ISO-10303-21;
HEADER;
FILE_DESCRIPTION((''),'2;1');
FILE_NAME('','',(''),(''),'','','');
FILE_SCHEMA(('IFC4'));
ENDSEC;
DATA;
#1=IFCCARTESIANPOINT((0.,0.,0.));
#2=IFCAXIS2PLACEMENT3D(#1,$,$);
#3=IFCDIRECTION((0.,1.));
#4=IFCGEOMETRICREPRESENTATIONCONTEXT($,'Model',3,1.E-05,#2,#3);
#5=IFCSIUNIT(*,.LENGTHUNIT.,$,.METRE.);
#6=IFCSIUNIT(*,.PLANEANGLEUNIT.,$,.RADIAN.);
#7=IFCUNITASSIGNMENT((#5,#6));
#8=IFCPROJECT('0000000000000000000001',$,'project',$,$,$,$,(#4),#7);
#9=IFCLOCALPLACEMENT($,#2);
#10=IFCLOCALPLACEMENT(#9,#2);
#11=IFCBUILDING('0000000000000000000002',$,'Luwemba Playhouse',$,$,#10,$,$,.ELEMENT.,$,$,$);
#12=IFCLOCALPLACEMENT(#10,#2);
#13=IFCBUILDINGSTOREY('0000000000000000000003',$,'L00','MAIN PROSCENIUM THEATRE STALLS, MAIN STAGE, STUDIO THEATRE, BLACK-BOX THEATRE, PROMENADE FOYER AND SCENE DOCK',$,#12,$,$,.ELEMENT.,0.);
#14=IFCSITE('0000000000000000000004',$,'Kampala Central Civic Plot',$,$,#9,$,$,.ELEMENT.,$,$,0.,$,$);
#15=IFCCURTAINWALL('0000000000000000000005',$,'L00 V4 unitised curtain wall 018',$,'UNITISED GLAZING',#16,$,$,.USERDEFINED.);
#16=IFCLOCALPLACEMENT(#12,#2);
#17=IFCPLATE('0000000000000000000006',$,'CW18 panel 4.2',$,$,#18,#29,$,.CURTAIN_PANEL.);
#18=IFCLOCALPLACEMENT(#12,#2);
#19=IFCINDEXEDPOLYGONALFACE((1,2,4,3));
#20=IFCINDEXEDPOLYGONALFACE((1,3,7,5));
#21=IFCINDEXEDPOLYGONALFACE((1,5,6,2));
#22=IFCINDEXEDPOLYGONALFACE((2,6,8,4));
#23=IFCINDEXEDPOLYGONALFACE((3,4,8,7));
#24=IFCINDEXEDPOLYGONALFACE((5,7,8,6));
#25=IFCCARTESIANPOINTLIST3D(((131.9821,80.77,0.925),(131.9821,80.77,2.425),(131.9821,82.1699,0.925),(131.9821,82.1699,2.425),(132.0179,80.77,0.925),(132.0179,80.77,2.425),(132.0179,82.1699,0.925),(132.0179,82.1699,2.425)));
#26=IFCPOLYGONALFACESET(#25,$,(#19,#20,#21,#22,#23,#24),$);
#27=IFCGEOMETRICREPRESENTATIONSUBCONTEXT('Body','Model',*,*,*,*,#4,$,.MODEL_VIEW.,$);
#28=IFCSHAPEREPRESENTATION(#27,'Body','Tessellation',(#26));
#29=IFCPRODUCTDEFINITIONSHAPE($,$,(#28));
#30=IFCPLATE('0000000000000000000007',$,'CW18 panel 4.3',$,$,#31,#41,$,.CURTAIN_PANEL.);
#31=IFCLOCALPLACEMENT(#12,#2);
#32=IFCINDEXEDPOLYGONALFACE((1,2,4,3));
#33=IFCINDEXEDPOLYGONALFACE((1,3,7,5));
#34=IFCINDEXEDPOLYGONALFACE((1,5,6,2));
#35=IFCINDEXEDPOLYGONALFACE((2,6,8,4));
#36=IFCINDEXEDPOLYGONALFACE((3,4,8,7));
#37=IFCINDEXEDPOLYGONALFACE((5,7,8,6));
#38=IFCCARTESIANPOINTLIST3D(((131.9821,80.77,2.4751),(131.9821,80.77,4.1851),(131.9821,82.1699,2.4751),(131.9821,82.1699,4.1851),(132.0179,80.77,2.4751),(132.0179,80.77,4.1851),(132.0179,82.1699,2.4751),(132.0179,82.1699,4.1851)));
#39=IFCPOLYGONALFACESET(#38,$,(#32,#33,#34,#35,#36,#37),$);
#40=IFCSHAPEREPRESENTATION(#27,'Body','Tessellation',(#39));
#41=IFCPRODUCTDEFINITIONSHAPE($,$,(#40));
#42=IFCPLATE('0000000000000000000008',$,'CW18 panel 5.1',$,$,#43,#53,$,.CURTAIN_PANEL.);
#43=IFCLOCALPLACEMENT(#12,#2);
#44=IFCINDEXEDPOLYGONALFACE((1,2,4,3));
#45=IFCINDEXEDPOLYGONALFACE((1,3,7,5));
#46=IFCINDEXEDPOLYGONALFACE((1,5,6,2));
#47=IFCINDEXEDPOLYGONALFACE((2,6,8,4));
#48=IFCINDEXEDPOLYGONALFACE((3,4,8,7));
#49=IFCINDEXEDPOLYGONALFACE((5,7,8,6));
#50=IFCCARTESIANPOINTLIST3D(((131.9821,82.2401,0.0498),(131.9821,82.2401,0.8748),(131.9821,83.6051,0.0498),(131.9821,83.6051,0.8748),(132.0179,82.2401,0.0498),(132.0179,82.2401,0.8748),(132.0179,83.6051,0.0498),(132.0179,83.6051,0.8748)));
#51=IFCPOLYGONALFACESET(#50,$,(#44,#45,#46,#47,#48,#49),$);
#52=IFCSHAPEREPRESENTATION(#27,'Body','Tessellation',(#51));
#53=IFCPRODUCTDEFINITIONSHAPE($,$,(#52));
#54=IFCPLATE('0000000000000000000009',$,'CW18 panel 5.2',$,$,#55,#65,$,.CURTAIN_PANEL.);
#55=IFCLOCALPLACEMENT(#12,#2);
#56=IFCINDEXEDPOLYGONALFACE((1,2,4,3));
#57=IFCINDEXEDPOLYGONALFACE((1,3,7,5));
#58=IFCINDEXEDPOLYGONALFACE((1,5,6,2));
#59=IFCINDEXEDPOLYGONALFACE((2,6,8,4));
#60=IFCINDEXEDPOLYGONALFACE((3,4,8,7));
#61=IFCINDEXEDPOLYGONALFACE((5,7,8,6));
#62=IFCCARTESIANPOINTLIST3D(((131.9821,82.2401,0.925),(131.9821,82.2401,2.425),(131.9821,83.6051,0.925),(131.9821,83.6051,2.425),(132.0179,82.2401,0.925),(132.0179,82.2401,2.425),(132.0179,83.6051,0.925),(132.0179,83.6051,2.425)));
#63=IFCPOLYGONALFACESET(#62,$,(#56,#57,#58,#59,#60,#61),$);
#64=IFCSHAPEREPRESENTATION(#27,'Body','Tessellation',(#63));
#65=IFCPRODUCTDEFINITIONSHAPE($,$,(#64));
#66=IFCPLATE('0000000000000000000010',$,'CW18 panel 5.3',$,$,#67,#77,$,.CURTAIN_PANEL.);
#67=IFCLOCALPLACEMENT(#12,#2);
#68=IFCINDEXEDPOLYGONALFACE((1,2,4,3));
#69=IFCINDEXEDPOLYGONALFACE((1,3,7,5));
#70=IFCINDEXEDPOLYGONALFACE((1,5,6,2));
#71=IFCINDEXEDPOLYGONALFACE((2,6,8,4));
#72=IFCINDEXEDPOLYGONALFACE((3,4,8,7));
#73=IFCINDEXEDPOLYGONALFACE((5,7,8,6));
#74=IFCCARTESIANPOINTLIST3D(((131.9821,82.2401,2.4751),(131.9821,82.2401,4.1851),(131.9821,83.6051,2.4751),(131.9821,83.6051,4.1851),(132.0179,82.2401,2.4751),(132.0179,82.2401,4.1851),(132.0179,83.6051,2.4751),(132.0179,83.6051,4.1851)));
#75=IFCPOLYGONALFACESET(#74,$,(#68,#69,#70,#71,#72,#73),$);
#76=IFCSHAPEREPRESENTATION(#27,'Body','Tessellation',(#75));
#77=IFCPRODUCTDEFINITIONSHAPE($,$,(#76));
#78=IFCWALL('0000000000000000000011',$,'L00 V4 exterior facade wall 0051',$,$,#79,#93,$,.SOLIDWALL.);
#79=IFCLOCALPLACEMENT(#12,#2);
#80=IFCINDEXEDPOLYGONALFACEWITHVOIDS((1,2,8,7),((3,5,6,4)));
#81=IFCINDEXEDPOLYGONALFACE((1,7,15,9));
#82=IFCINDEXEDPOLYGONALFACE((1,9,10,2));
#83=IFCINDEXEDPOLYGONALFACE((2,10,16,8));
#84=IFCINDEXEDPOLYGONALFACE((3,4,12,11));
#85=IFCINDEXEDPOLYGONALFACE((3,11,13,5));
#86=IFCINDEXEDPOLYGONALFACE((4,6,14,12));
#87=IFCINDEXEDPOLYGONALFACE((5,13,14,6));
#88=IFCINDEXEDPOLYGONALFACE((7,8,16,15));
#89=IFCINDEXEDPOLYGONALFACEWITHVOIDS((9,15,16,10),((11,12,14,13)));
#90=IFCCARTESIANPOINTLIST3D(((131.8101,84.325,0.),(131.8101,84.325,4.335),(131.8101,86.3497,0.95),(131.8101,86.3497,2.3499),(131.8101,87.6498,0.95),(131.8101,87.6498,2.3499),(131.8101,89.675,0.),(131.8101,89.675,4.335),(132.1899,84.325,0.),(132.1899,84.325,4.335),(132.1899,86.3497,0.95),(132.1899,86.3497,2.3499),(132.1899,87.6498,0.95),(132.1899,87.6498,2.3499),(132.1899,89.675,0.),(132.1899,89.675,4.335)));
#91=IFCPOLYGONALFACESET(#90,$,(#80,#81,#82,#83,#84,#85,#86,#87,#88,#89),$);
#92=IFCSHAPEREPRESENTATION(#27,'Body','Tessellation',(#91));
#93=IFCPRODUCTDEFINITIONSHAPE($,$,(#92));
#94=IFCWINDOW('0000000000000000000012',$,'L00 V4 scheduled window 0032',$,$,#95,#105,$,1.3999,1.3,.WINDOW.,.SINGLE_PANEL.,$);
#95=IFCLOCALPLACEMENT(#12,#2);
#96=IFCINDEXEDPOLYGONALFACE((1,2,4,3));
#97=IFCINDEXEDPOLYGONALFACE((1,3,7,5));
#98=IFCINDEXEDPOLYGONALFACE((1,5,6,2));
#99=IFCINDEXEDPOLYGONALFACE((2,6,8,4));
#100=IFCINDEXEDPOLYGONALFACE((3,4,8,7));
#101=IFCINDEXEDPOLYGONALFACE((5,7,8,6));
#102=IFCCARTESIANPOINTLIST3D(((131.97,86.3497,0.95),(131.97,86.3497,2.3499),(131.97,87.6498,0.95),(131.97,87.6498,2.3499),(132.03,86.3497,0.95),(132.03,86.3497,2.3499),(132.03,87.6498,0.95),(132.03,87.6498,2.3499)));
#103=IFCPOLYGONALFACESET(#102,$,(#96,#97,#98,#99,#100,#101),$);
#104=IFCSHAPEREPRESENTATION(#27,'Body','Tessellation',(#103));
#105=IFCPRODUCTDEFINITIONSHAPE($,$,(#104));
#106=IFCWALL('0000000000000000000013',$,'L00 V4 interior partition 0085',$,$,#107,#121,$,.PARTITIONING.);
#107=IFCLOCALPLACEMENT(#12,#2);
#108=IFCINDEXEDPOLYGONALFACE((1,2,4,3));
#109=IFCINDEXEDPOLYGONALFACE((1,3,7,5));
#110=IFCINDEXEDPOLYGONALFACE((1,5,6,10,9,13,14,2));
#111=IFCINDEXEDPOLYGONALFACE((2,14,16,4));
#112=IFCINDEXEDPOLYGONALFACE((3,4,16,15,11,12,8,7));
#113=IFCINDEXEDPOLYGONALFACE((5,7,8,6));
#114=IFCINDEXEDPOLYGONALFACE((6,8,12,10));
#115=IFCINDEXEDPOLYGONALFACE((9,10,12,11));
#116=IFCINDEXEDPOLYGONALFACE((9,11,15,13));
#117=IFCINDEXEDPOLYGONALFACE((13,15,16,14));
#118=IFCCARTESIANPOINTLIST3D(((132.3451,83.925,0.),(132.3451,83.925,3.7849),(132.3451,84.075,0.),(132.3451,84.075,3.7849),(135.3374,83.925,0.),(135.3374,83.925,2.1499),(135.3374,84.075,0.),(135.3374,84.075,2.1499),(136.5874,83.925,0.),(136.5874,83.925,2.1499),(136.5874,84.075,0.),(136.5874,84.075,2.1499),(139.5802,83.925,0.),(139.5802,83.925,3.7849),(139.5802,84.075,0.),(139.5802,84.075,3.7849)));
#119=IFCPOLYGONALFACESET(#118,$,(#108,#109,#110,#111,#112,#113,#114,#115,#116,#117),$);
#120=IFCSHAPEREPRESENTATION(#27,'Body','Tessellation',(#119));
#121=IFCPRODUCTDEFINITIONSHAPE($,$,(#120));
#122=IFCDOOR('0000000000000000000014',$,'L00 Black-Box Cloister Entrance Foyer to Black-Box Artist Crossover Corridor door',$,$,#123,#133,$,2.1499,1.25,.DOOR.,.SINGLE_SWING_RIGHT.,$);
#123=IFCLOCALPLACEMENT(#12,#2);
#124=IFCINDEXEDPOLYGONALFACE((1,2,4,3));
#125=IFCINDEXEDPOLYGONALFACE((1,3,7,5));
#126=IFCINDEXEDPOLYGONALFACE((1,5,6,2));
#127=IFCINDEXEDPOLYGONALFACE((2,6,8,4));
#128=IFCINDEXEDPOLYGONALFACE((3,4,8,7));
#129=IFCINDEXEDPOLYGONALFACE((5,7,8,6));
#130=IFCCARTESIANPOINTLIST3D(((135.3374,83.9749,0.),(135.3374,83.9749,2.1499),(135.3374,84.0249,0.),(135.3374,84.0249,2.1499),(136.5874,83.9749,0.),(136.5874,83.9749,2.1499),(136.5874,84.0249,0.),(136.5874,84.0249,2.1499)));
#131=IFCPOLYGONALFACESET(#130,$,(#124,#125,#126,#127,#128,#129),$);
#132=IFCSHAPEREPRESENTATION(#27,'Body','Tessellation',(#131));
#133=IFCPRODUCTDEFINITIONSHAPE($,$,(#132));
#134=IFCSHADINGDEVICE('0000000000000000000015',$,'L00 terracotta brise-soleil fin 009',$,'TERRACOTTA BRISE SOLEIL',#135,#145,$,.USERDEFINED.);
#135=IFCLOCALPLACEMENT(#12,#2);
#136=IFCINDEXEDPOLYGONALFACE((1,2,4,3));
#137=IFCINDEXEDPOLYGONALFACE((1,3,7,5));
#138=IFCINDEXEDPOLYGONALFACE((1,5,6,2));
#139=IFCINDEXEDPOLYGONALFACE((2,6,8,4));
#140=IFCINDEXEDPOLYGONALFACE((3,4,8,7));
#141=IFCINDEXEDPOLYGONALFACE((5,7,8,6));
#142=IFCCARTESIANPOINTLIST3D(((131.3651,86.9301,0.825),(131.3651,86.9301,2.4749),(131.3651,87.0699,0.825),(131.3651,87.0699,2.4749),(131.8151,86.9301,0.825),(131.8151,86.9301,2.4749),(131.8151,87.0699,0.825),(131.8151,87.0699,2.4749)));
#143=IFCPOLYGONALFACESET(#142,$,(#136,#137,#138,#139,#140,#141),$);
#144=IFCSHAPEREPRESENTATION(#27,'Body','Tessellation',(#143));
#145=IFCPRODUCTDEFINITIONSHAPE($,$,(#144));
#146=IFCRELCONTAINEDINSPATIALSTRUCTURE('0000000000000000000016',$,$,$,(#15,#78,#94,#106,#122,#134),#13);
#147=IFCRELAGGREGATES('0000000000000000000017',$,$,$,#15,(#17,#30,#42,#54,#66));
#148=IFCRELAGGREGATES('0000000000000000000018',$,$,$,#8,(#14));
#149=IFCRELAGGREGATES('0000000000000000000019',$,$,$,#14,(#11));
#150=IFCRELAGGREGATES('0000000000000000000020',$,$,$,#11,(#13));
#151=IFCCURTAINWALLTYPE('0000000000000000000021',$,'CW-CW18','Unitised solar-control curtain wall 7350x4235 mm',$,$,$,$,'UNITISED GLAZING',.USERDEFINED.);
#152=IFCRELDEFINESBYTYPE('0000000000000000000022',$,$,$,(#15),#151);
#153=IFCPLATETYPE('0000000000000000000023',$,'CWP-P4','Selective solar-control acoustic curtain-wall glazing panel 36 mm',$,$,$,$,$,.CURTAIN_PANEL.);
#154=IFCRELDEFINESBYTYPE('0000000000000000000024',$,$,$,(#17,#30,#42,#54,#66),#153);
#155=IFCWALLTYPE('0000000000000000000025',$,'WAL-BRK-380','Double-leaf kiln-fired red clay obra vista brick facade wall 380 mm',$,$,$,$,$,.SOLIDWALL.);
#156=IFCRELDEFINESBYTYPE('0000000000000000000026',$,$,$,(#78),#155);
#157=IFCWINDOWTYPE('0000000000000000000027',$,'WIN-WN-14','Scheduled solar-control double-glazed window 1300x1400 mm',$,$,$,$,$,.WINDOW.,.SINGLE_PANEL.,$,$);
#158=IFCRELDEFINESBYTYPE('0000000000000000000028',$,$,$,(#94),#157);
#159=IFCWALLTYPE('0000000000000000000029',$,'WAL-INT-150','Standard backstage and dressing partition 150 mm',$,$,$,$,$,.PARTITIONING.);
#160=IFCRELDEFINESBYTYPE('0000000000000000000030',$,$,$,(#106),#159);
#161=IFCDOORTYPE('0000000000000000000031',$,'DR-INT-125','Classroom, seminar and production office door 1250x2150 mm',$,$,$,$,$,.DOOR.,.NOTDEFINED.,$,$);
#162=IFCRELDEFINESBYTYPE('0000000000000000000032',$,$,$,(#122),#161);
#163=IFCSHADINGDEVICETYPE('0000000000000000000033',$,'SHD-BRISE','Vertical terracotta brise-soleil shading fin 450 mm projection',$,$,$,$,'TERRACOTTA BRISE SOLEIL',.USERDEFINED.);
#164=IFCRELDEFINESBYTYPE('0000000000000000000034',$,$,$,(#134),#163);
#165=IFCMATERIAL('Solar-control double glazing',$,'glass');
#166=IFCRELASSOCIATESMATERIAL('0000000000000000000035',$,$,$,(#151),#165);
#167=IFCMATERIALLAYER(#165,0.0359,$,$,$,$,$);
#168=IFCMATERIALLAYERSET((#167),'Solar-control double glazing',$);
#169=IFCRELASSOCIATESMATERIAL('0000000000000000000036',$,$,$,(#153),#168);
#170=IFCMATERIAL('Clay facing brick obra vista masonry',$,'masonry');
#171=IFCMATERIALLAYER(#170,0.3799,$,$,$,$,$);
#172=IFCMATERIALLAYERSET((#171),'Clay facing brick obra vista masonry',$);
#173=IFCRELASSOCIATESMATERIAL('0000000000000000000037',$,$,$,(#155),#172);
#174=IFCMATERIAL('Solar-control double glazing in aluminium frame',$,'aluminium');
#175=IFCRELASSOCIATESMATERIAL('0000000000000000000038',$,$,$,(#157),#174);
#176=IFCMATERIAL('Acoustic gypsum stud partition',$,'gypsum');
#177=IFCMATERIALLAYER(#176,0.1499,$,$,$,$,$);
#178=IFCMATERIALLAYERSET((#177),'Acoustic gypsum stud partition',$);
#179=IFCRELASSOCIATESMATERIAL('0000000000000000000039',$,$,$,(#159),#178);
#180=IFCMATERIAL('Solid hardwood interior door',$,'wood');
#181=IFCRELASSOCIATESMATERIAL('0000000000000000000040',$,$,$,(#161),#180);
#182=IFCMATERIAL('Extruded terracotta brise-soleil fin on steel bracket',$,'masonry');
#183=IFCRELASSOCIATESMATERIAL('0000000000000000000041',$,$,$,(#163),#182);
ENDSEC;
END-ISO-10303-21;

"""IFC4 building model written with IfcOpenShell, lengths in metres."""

from ifc_helpers import new_model, si_unit, direction, frame, frame_2d, origin, origin_2d, place, context, subcontext, project, spatial, rectangle, extrude, material, layer, layer_set, type_object, element, fill, aggregate, save


model = new_model("IFC4")

# Units and contexts
model_context = context("Model", 3, precision=1e-05, world=origin(), true_north=direction((0.0, 1.0)))
body_context = subcontext(model_context, "Body", "Model", "MODEL_VIEW")
ifc_project = project(units=[si_unit("LENGTHUNIT", "METRE"), si_unit("PLANEANGLEUNIT", "RADIAN")], contexts=[model_context])

# Site, building, storey
site_placement = place(None, origin())
site = spatial("IfcSite", under=ifc_project, at=site_placement, Name="Kampala Central Civic Plot", CompositionType="ELEMENT", RefElevation=0.0)
building_placement = place(site_placement, origin())
building = spatial("IfcBuilding", under=site, at=building_placement, Name="Luwemba Playhouse", CompositionType="ELEMENT")
storey_placement = place(building_placement, origin())
storey = spatial("IfcBuildingStorey", under=building, at=storey_placement, Name="L00", Description="MAIN PROSCENIUM THEATRE STALLS, MAIN STAGE, STUDIO THEATRE, BLACK-BOX THEATRE, PROMENADE FOYER AND SCENE DOCK", CompositionType="ELEMENT", Elevation=0.0)

# Curtain wall, plates
ifc_material_1 = material(Name="Solar-control double glazing", Category="glass")
curtain_wall_type = type_object("IfcCurtainWallType", Name="CW-CW18", Description="Unitised solar-control curtain wall 7350x4235 mm", ElementType="UNITISED GLAZING", PredefinedType="USERDEFINED", material=ifc_material_1)
curtain_wall_placement = place(storey_placement, origin())
curtain_wall = element("IfcCurtainWall", 1, at=curtain_wall_placement, inside=storey, type_object=curtain_wall_type, Name="L00 V4 unitised curtain wall 018", ObjectType="UNITISED GLAZING", PredefinedType="USERDEFINED")
ifc_layer_1 = layer(ifc_material_1, 0.0359)
ifc_layer_set_1 = layer_set([ifc_layer_1], Name="Solar-control double glazing")
plate_type = type_object("IfcPlateType", Name="CWP-P4", Description="Selective solar-control acoustic curtain-wall glazing panel 36 mm", PredefinedType="CURTAIN_PANEL", material=ifc_layer_set_1)
plate_1_placement = place(storey_placement, frame((132.0, 81.47, 0.925), z_axis=(0.0, 0.0, 1.0), x_axis=(0.0, 1.0, 0.0)))
plate_1 = element("IfcPlate", 2, at=plate_1_placement, type_object=plate_type, Name="CW18 panel 4.2", PredefinedType="CURTAIN_PANEL", context=body_context, shape_type="SweptSolid", body=[
    extrude(rectangle(XDim=1.3999, YDim=0.0359, at=origin_2d()), origin(), (0.0, 0.0, 1.0), 1.5),
])
plate_2_placement = place(storey_placement, frame((132.0, 81.47, 2.4751), z_axis=(0.0, 0.0, 1.0), x_axis=(0.0, 1.0, 0.0)))
plate_2 = element("IfcPlate", 3, at=plate_2_placement, type_object=plate_type, Name="CW18 panel 4.3", PredefinedType="CURTAIN_PANEL", context=body_context, shape_type="SweptSolid", body=[
    extrude(rectangle(XDim=1.3999, YDim=0.0359, at=origin_2d()), origin(), (0.0, 0.0, 1.0), 1.71),
])
plate_3_placement = place(storey_placement, frame((132.0, 82.9226, 0.0498), z_axis=(0.0, 0.0, 1.0), x_axis=(0.0, 1.0, 0.0)))
plate_3 = element("IfcPlate", 4, at=plate_3_placement, type_object=plate_type, Name="CW18 panel 5.1", PredefinedType="CURTAIN_PANEL", context=body_context, shape_type="SweptSolid", body=[
    extrude(rectangle(XDim=1.365, YDim=0.0359, at=origin_2d()), origin(), (0.0, 0.0, 1.0), 0.825),
])
plate_4_placement = place(storey_placement, frame((132.0, 82.9226, 0.925), z_axis=(0.0, 0.0, 1.0), x_axis=(0.0, 1.0, 0.0)))
plate_4 = element("IfcPlate", 5, at=plate_4_placement, type_object=plate_type, Name="CW18 panel 5.2", PredefinedType="CURTAIN_PANEL", context=body_context, shape_type="SweptSolid", body=[
    extrude(rectangle(XDim=1.365, YDim=0.0359, at=origin_2d()), origin(), (0.0, 0.0, 1.0), 1.5),
])
plate_5_placement = place(storey_placement, frame((132.0, 82.9226, 2.4751), z_axis=(0.0, 0.0, 1.0), x_axis=(0.0, 1.0, 0.0)))
plate_5 = element("IfcPlate", 6, at=plate_5_placement, type_object=plate_type, Name="CW18 panel 5.3", PredefinedType="CURTAIN_PANEL", context=body_context, shape_type="SweptSolid", body=[
    extrude(rectangle(XDim=1.365, YDim=0.0359, at=origin_2d()), origin(), (0.0, 0.0, 1.0), 1.71),
])
aggregate(curtain_wall, [plate_1, plate_2, plate_3, plate_4, plate_5])

# Wall, opening, window
ifc_material_2 = material(Name="Clay facing brick obra vista masonry", Category="masonry")
ifc_layer_2 = layer(ifc_material_2, 0.3799)
ifc_layer_set_2 = layer_set([ifc_layer_2], Name="Clay facing brick obra vista masonry")
wall_type_1 = type_object("IfcWallType", Name="WAL-BRK-380", Description="Double-leaf kiln-fired red clay obra vista brick facade wall 380 mm", PredefinedType="SOLIDWALL", material=ifc_layer_set_2)
wall_1_placement = place(storey_placement, frame((132.0, 84.325, 0.0), z_axis=(0.0, 0.0, 1.0), x_axis=(0.0, 1.0, 0.0)))
wall_1 = element("IfcWall", 7, at=wall_1_placement, inside=storey, type_object=wall_type_1, Name="L00 V4 exterior facade wall 0051", PredefinedType="SOLIDWALL", context=body_context, shape_type="SweptSolid", body=[
    extrude(rectangle(XDim=5.3501, YDim=0.3799, at=frame_2d((2.675, 0.0))), origin(), (0.0, 0.0, 1.0), 4.335),
])
opening_1_placement = place(wall_1_placement, frame((2.0249, 0.0, 0.95)))
opening_1 = element("IfcOpeningElement", 8, at=opening_1_placement, cuts=wall_1, PredefinedType="OPENING", context=body_context, shape_type="SweptSolid", body=[
    extrude(rectangle(XDim=1.3, YDim=1.3999, at=frame_2d((0.6499, 0.7))), frame((0.0, 0.2, 0.0), z_axis=(0.0, -1.0, 0.0), x_axis=(1.0, 0.0, 0.0)), (0.0, 0.0, 1.0), 0.3999),
])
ifc_material_3 = material(Name="Solar-control double glazing in aluminium frame", Category="aluminium")
window_type = type_object("IfcWindowType", Name="WIN-WN-14", Description="Scheduled solar-control double-glazed window 1300x1400 mm", PartitioningType="SINGLE_PANEL", PredefinedType="WINDOW", material=ifc_material_3)
window_placement = place(opening_1_placement, origin())
window = element("IfcWindow", 9, at=window_placement, inside=storey, type_object=window_type, Name="L00 V4 scheduled window 0032", OverallHeight=1.3999, OverallWidth=1.3, PartitioningType="SINGLE_PANEL", PredefinedType="WINDOW", context=body_context, shape_type="SweptSolid", body=[
    extrude(rectangle(XDim=1.3, YDim=1.3999, at=frame_2d((0.6499, 0.7))), frame((0.0, 0.03, 0.0), z_axis=(0.0, -1.0, 0.0), x_axis=(1.0, 0.0, 0.0)), (0.0, 0.0, 1.0), 0.0601),
])
fill(opening_1, window)

# Wall, opening, door
ifc_material_4 = material(Name="Acoustic gypsum stud partition", Category="gypsum")
ifc_layer_3 = layer(ifc_material_4, 0.1499)
ifc_layer_set_3 = layer_set([ifc_layer_3], Name="Acoustic gypsum stud partition")
wall_type_2 = type_object("IfcWallType", Name="WAL-INT-150", Description="Standard backstage and dressing partition 150 mm", PredefinedType="PARTITIONING", material=ifc_layer_set_3)
wall_2_placement = place(storey_placement, frame((132.345, 84.0, 0.0), z_axis=(0.0, 0.0, 1.0), x_axis=(1.0, 0.0, 0.0)))
wall_2 = element("IfcWall", 10, at=wall_2_placement, inside=storey, type_object=wall_type_2, Name="L00 V4 interior partition 0085", PredefinedType="PARTITIONING", context=body_context, shape_type="SweptSolid", body=[
    extrude(rectangle(XDim=7.2351, YDim=0.1499, at=frame_2d((3.6177, 0.0))), origin(), (0.0, 0.0, 1.0), 3.7849),
])
opening_2_placement = place(wall_2_placement, frame((2.9924, 0.0, 0.0)))
opening_2 = element("IfcOpeningElement", 11, at=opening_2_placement, cuts=wall_2, PredefinedType="OPENING", context=body_context, shape_type="SweptSolid", body=[
    extrude(rectangle(XDim=1.25, YDim=2.1499, at=frame_2d((0.625, 1.075))), frame((0.0, 0.085, 0.0), z_axis=(0.0, -1.0, 0.0), x_axis=(1.0, 0.0, 0.0)), (0.0, 0.0, 1.0), 0.1699),
])
ifc_material_5 = material(Name="Solid hardwood interior door", Category="wood")
door_type = type_object("IfcDoorType", Name="DR-INT-125", Description="Classroom, seminar and production office door 1250x2150 mm", OperationType="NOTDEFINED", PredefinedType="DOOR", material=ifc_material_5)
door_placement = place(opening_2_placement, origin())
door = element("IfcDoor", 12, at=door_placement, inside=storey, type_object=door_type, Name="L00 Black-Box Cloister Entrance Foyer to Black-Box Artist Crossover Corridor door", OperationType="SINGLE_SWING_RIGHT", OverallHeight=2.1499, OverallWidth=1.25, PredefinedType="DOOR", context=body_context, shape_type="SweptSolid", body=[
    extrude(rectangle(XDim=1.25, YDim=2.1499, at=frame_2d((0.625, 1.075))), frame((0.0, 0.0249, 0.0), z_axis=(0.0, -1.0, 0.0), x_axis=(1.0, 0.0, 0.0)), (0.0, 0.0, 1.0), 0.05),
])
fill(opening_2, door)

# Shading device
ifc_material_6 = material(Name="Extruded terracotta brise-soleil fin on steel bracket", Category="masonry")
shading_device_type = type_object("IfcShadingDeviceType", Name="SHD-BRISE", Description="Vertical terracotta brise-soleil shading fin 450 mm projection", ElementType="TERRACOTTA BRISE SOLEIL", PredefinedType="USERDEFINED", material=ifc_material_6)
shading_device_placement = place(storey_placement, frame((131.5901, 87.0, 0.825), z_axis=(0.0, 0.0, 1.0), x_axis=(0.0, 1.0, 0.0)))
element("IfcShadingDevice", 13, at=shading_device_placement, inside=storey, type_object=shading_device_type, Name="L00 terracotta brise-soleil fin 009", ObjectType="TERRACOTTA BRISE SOLEIL", PredefinedType="USERDEFINED", context=body_context, shape_type="SweptSolid", body=[
    extrude(rectangle(XDim=0.1399, YDim=0.45, at=origin_2d()), origin(), (0.0, 0.0, 1.0), 1.6499),
])

save(model, "model.ifc")
